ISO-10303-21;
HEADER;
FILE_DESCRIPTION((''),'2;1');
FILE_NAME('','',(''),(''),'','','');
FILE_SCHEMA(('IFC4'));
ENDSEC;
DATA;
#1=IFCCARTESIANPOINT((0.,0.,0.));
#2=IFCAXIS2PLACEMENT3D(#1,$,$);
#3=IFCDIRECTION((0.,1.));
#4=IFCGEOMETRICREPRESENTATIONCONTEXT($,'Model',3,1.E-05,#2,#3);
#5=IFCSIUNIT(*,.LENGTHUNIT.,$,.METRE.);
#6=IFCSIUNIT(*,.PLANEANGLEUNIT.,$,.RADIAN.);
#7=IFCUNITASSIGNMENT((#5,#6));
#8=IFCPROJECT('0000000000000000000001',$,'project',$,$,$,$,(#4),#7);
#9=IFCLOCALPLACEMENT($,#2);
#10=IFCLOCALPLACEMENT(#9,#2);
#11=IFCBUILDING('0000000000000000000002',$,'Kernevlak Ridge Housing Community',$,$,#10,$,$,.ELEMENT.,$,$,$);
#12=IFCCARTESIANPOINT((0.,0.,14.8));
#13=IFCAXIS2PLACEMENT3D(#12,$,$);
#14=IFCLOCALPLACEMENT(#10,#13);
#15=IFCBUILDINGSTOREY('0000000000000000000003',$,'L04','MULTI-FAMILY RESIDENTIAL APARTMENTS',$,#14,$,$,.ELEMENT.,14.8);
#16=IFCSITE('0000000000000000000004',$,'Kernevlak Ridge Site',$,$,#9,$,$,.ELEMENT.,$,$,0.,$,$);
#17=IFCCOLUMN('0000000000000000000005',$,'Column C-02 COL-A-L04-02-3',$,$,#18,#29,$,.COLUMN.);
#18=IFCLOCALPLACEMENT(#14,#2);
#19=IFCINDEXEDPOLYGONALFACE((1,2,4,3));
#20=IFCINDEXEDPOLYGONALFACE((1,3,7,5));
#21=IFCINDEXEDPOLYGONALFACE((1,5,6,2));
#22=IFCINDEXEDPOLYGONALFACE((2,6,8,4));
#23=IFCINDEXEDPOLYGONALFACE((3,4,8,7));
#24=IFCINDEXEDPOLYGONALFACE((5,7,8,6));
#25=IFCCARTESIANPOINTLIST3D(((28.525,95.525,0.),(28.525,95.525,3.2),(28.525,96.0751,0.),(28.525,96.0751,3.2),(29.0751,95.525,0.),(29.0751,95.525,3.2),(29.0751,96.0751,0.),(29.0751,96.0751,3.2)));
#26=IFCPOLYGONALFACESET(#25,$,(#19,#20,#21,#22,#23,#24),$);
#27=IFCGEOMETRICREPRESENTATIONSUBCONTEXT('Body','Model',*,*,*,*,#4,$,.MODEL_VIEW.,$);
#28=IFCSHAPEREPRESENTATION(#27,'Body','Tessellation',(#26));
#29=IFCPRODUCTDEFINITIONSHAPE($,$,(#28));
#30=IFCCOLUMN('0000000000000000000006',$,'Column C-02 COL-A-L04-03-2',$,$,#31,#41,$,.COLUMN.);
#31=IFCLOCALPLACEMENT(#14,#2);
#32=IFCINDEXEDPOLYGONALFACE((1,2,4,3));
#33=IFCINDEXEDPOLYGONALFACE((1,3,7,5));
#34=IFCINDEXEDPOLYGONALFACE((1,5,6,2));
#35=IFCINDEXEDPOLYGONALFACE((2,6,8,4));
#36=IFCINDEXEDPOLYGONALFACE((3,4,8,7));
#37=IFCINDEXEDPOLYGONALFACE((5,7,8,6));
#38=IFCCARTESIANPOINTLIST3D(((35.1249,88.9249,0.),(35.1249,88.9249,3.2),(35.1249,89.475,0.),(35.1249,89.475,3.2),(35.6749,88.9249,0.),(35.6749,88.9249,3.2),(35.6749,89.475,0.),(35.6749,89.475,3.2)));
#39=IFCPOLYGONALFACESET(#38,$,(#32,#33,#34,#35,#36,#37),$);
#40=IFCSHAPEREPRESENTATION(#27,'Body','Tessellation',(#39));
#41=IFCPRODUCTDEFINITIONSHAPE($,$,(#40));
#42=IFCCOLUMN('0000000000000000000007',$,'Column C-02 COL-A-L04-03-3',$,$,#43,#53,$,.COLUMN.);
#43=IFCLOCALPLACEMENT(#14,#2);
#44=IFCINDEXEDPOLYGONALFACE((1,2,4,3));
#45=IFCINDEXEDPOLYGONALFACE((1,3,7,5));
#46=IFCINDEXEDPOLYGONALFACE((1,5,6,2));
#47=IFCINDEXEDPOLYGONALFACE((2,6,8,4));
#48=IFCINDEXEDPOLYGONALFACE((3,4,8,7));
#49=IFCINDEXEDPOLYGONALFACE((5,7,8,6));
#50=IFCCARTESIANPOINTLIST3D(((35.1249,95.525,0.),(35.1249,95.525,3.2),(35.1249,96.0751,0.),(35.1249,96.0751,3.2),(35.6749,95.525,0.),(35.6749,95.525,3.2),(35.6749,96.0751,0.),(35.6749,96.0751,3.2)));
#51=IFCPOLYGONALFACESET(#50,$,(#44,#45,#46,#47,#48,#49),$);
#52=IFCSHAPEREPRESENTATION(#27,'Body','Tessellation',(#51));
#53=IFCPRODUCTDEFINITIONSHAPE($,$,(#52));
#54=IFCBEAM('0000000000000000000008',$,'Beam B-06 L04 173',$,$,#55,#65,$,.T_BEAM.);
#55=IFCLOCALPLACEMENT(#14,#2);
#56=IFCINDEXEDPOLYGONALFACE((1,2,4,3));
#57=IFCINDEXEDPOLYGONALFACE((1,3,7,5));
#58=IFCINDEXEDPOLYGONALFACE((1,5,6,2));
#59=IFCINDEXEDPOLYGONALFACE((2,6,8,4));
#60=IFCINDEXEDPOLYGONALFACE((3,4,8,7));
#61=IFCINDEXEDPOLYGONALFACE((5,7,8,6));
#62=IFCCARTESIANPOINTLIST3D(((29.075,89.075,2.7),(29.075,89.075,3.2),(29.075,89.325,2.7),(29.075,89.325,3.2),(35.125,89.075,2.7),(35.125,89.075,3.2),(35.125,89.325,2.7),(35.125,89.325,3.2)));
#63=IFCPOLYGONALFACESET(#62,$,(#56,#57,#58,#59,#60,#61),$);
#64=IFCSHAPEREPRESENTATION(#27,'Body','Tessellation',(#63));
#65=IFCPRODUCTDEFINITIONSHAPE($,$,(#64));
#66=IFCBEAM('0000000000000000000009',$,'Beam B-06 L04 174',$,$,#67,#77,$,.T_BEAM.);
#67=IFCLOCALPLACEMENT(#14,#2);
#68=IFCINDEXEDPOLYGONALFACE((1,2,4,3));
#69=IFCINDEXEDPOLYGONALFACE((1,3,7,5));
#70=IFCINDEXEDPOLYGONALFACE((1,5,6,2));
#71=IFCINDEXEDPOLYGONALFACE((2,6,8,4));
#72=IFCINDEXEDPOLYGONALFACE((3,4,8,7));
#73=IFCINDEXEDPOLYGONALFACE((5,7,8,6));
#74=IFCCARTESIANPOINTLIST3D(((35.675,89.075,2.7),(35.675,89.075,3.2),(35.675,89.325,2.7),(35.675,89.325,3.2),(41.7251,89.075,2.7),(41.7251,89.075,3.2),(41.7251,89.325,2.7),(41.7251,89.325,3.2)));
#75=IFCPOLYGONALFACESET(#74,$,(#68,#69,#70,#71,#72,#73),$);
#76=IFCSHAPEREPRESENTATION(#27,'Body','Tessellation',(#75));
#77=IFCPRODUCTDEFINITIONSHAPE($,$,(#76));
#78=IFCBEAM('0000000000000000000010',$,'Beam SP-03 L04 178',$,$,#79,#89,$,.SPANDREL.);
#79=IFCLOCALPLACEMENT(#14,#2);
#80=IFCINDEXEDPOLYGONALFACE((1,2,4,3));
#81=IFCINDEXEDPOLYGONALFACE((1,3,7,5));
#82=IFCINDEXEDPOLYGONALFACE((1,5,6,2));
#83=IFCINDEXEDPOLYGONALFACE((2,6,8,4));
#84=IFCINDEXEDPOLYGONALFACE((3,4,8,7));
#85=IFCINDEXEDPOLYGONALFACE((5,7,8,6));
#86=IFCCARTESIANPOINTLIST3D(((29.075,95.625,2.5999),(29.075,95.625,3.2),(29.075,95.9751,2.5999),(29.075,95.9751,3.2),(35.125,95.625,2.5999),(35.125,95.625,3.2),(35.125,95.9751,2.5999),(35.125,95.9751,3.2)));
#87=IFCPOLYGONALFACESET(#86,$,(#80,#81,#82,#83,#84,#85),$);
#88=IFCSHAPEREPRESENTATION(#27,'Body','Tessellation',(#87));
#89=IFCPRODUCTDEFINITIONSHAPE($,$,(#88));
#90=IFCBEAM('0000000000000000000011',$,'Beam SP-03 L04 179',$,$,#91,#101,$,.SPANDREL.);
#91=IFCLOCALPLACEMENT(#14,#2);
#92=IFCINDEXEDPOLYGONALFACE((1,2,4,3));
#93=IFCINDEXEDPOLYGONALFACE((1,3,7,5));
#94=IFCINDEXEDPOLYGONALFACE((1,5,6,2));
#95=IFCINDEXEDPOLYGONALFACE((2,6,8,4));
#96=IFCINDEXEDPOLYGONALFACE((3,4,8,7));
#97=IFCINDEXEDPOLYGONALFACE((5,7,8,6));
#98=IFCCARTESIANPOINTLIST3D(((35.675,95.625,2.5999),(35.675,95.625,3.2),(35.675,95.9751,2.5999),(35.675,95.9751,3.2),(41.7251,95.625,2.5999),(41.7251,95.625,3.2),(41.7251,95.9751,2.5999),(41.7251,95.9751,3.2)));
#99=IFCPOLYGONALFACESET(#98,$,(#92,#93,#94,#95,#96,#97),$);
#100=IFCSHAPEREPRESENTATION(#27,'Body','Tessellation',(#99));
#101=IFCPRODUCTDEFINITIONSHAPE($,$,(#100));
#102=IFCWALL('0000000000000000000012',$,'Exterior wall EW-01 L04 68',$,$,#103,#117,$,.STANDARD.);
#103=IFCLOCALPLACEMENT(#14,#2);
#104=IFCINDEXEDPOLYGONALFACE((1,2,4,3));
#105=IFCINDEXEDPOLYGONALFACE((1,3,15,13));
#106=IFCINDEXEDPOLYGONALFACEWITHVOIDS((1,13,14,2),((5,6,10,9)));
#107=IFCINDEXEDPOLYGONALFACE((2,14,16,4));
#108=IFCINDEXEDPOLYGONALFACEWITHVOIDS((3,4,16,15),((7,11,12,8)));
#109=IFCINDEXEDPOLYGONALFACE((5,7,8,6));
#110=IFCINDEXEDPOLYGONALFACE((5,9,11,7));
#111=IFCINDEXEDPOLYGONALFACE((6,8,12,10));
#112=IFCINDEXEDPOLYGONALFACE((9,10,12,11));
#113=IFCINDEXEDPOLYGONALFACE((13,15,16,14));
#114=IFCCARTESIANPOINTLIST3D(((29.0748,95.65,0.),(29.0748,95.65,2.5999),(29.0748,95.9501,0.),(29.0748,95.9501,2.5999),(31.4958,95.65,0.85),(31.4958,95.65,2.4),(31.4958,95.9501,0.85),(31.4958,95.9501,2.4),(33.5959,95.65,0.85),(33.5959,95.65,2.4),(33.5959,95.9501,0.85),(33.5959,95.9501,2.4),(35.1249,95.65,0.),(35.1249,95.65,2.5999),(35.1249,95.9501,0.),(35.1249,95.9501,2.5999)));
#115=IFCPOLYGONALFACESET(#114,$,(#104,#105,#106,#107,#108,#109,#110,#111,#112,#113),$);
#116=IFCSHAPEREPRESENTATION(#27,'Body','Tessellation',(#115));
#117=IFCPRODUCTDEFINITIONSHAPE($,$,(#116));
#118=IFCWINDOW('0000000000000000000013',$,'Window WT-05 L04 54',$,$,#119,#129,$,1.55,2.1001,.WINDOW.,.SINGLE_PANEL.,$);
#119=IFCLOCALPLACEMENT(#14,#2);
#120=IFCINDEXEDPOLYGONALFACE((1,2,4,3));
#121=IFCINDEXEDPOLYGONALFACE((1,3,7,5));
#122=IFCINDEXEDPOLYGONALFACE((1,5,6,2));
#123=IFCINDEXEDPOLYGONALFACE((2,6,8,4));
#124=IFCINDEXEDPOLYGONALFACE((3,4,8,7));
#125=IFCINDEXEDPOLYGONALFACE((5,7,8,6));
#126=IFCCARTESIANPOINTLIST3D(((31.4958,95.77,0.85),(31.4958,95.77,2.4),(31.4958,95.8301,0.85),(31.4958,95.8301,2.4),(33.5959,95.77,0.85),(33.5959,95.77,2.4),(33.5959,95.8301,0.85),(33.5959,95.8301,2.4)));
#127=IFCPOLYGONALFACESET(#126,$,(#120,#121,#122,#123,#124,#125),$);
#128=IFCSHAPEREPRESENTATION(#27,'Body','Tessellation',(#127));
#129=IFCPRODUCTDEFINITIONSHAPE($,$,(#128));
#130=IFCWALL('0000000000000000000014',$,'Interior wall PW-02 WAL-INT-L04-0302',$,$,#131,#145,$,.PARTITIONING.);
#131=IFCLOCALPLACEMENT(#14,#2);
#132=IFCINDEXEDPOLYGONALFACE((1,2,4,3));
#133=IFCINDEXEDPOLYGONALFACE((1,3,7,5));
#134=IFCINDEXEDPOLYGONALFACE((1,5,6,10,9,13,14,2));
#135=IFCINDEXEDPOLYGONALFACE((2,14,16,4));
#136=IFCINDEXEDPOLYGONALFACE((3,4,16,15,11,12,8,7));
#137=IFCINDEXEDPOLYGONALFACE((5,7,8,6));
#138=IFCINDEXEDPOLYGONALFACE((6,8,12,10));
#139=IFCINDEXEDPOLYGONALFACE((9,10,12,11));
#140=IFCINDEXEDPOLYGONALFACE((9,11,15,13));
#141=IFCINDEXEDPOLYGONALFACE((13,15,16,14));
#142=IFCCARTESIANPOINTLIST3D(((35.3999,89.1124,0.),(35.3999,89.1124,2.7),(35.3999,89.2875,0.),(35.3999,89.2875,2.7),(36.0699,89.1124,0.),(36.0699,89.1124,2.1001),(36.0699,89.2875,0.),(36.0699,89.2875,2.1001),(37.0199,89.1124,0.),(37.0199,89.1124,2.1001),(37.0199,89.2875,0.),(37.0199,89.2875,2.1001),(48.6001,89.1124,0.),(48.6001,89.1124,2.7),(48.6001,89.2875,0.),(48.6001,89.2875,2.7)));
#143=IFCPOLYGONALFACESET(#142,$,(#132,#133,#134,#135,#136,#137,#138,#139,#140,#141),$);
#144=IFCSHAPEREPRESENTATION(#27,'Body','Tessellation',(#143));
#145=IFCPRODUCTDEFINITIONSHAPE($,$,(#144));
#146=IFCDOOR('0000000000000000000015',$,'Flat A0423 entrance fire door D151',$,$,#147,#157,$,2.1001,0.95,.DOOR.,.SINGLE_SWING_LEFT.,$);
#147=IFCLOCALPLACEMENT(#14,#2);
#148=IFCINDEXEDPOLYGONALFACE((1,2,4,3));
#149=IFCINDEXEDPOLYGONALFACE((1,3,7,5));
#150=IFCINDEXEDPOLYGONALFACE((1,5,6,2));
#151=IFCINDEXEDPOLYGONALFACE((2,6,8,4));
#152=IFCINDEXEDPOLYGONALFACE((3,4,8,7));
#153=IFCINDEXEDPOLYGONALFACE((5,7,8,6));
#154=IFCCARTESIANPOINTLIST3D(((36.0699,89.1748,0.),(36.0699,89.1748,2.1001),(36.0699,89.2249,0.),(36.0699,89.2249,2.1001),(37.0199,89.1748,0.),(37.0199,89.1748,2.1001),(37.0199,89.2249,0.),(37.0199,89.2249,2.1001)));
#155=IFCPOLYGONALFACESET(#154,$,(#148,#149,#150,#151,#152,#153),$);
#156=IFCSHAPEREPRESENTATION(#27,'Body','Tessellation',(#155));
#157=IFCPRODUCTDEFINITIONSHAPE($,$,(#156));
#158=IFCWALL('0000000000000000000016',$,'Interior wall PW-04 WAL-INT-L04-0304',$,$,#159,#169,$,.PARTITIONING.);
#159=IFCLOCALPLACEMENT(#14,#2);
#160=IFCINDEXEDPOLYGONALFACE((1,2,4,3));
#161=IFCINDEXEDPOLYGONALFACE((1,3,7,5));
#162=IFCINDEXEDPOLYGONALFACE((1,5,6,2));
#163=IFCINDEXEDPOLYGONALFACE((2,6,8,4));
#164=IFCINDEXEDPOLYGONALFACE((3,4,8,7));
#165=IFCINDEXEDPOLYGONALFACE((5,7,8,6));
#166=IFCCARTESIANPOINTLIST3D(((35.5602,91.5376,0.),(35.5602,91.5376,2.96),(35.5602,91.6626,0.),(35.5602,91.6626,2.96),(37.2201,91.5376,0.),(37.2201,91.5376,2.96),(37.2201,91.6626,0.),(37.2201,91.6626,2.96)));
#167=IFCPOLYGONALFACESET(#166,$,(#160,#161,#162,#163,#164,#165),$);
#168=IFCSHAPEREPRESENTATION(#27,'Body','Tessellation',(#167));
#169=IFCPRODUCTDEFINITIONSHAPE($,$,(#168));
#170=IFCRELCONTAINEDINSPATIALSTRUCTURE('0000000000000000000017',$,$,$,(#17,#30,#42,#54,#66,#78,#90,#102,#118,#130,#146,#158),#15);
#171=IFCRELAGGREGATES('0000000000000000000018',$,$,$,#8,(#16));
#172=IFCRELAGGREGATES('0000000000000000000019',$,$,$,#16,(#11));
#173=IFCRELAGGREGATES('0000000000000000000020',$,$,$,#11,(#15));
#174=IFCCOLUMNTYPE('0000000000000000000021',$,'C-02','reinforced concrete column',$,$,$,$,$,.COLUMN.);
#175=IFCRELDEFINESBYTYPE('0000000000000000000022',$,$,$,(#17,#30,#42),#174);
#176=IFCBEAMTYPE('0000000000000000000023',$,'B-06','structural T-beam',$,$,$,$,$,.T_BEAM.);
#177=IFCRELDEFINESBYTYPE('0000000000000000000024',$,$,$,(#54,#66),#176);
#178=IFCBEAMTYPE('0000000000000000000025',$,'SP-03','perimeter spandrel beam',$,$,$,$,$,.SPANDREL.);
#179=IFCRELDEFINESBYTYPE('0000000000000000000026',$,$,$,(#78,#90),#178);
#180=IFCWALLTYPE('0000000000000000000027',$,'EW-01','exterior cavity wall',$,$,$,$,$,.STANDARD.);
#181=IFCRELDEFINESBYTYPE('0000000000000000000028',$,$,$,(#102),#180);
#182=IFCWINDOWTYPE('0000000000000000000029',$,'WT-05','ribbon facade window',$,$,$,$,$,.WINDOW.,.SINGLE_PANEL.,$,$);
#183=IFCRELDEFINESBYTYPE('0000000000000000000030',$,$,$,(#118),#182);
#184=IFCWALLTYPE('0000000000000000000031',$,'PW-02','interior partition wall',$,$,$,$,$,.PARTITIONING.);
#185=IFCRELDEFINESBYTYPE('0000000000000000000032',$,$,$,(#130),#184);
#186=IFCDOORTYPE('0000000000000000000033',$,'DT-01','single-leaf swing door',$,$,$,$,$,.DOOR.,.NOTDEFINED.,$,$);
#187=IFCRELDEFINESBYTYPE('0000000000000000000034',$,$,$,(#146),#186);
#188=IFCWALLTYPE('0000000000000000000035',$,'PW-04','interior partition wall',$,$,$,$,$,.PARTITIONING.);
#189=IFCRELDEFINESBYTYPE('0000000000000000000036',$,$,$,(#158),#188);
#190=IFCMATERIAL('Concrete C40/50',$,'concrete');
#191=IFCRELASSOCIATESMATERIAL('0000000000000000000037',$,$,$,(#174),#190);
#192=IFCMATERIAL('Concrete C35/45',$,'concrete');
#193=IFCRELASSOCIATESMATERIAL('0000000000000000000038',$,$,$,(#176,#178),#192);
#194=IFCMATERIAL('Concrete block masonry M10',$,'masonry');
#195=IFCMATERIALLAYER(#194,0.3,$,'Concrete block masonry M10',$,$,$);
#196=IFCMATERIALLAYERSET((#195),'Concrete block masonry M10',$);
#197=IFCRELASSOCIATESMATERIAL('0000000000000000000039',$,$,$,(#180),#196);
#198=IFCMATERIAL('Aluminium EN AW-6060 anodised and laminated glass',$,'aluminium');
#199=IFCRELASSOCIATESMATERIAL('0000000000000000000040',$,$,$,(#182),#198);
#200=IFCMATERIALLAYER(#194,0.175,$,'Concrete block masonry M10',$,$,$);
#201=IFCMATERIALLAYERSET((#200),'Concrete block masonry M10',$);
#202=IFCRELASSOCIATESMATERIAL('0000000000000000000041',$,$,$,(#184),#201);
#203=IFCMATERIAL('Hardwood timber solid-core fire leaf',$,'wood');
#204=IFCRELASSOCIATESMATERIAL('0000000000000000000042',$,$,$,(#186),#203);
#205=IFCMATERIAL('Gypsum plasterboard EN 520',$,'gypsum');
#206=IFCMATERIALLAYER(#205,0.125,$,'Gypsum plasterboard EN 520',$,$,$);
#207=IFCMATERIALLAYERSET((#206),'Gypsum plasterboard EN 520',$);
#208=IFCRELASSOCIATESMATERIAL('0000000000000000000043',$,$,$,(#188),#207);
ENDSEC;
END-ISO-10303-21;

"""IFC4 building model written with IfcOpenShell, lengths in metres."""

from ifc_helpers import new_model, si_unit, direction, frame, frame_2d, origin, origin_2d, place, context, subcontext, project, spatial, rectangle, extrude, material, layer, layer_set, material_profile, profile_set, type_object, element, fill, save


model = new_model("IFC4")

# Units and contexts
model_context = context("Model", 3, precision=1e-05, world=origin(), true_north=direction((0.0, 1.0)))
body_context = subcontext(model_context, "Body", "Model", "MODEL_VIEW")
ifc_project = project(units=[si_unit("LENGTHUNIT", "METRE"), si_unit("PLANEANGLEUNIT", "RADIAN")], contexts=[model_context])

# Site, building, storey
site_placement = place(None, origin())
site = spatial("IfcSite", under=ifc_project, at=site_placement, Name="Kernevlak Ridge Site", CompositionType="ELEMENT", RefElevation=0.0)
building_placement = place(site_placement, origin())
building = spatial("IfcBuilding", under=site, at=building_placement, Name="Kernevlak Ridge Housing Community", CompositionType="ELEMENT")
storey_placement = place(building_placement, frame((0.0, 0.0, 14.8)))
storey = spatial("IfcBuildingStorey", under=building, at=storey_placement, Name="L04", Description="MULTI-FAMILY RESIDENTIAL APARTMENTS", CompositionType="ELEMENT", Elevation=14.8)

# Columns
ifc_material_1 = material(Name="Concrete C40/50", Category="concrete")
ifc_material_profile_1 = material_profile(ifc_material_1, rectangle(XDim=0.55, YDim=0.55, at=origin_2d()), Name="RC 550x550")
ifc_profile_set_1 = profile_set([ifc_material_profile_1], Name="Concrete C40/50")
column_type = type_object("IfcColumnType", Name="C-02", Description="reinforced concrete column", PredefinedType="COLUMN", material=ifc_profile_set_1)
for number, where, z_axis, x_axis, name in (
    (1, (28.8, 95.8, 0.0), (0.0, 0.0, 1.0), (1.0, 0.0, 0.0), "Column C-02 COL-A-L04-02-3"),
    (2, (35.3999, 89.2, 0.0), (0.0, 0.0, 1.0), (1.0, 0.0, 0.0), "Column C-02 COL-A-L04-03-2"),
    (3, (35.3999, 95.8, 0.0), (0.0, 0.0, 1.0), (1.0, 0.0, 0.0), "Column C-02 COL-A-L04-03-3"),
):
    element("IfcColumn", number, at=place(storey_placement, frame(where, z_axis=z_axis, x_axis=x_axis)), inside=storey, type_object=column_type, Name=name, PredefinedType="COLUMN", context=body_context, shape_type="SweptSolid", body=[
        extrude(rectangle(XDim=0.55, YDim=0.55, at=origin_2d()), origin(), (0.0, 0.0, 1.0), 3.2),
    ])

# Beams
ifc_material_2 = material(Name="Concrete C35/45", Category="concrete")
ifc_material_profile_2 = material_profile(ifc_material_2, rectangle(XDim=0.25, YDim=0.5, at=origin_2d()), Name="RC 250x500")
ifc_profile_set_2 = profile_set([ifc_material_profile_2], Name="Concrete C35/45")
beam_type_1 = type_object("IfcBeamType", Name="B-06", Description="structural T-beam", PredefinedType="T_BEAM", material=ifc_profile_set_2)
for number, where, z_axis, x_axis, name in (
    (4, (29.075, 89.2, 2.95), (1.0, 0.0, 0.0), (0.0, 1.0, 0.0), "Beam B-06 L04 173"),
    (5, (35.675, 89.2, 2.95), (1.0, 0.0, 0.0), (0.0, 1.0, 0.0), "Beam B-06 L04 174"),
):
    element("IfcBeam", number, at=place(storey_placement, frame(where, z_axis=z_axis, x_axis=x_axis)), inside=storey, type_object=beam_type_1, Name=name, PredefinedType="T_BEAM", context=body_context, shape_type="SweptSolid", body=[
        extrude(rectangle(XDim=0.25, YDim=0.5, at=origin_2d()), origin(), (0.0, 0.0, 1.0), 6.05),
    ])
ifc_material_profile_3 = material_profile(ifc_material_2, rectangle(XDim=0.3501, YDim=0.6001, at=origin_2d()), Name="RC 350x600")
ifc_profile_set_3 = profile_set([ifc_material_profile_3], Name="Concrete C35/45")
beam_type_2 = type_object("IfcBeamType", Name="SP-03", Description="perimeter spandrel beam", PredefinedType="SPANDREL", material=ifc_profile_set_3)
for number, where, z_axis, x_axis, name in (
    (6, (29.075, 95.8, 2.8999), (1.0, 0.0, 0.0), (0.0, 1.0, 0.0), "Beam SP-03 L04 178"),
    (7, (35.675, 95.8, 2.8999), (1.0, 0.0, 0.0), (0.0, 1.0, 0.0), "Beam SP-03 L04 179"),
):
    element("IfcBeam", number, at=place(storey_placement, frame(where, z_axis=z_axis, x_axis=x_axis)), inside=storey, type_object=beam_type_2, Name=name, PredefinedType="SPANDREL", context=body_context, shape_type="SweptSolid", body=[
        extrude(rectangle(XDim=0.3501, YDim=0.6001, at=origin_2d()), origin(), (0.0, 0.0, 1.0), 6.05),
    ])

# Wall, opening, window
ifc_material_3 = material(Name="Concrete block masonry M10", Category="masonry")
ifc_layer_1 = layer(ifc_material_3, 0.3, Name="Concrete block masonry M10")
ifc_layer_set_1 = layer_set([ifc_layer_1], Name="Concrete block masonry M10")
wall_type_1 = type_object("IfcWallType", Name="EW-01", Description="exterior cavity wall", PredefinedType="STANDARD", material=ifc_layer_set_1)
wall_1_placement = place(storey_placement, frame((29.075, 95.8, 0.0), z_axis=(0.0, 0.0, 1.0), x_axis=(1.0, 0.0, 0.0)))
wall_1 = element("IfcWall", 8, at=wall_1_placement, inside=storey, type_object=wall_type_1, Name="Exterior wall EW-01 L04 68", PredefinedType="STANDARD", context=body_context, shape_type="SweptSolid", body=[
    extrude(rectangle(XDim=6.05, YDim=0.3, at=frame_2d((3.0249, 0.0))), origin(), (0.0, 0.0, 1.0), 2.5999),
])
opening_1_placement = place(wall_1_placement, frame((2.4209, 0.0, 0.8501)))
opening_1 = element("IfcOpeningElement", 9, at=opening_1_placement, cuts=wall_1, PredefinedType="OPENING", context=body_context, shape_type="SweptSolid", body=[
    extrude(rectangle(XDim=2.1001, YDim=1.55, at=frame_2d((1.05, 0.7749))), frame((0.0, 0.1599, 0.0), z_axis=(0.0, -1.0, 0.0), x_axis=(1.0, 0.0, 0.0)), (0.0, 0.0, 1.0), 0.3201),
])
ifc_material_4 = material(Name="Aluminium EN AW-6060 anodised and laminated glass", Category="aluminium")
window_type = type_object("IfcWindowType", Name="WT-05", Description="ribbon facade window", PartitioningType="SINGLE_PANEL", PredefinedType="WINDOW", material=ifc_material_4)
window_placement = place(opening_1_placement, origin())
window = element("IfcWindow", 10, at=window_placement, inside=storey, type_object=window_type, Name="Window WT-05 L04 54", OverallHeight=1.55, OverallWidth=2.1001, PartitioningType="SINGLE_PANEL", PredefinedType="WINDOW", context=body_context, shape_type="SweptSolid", body=[
    extrude(rectangle(XDim=2.1001, YDim=1.55, at=frame_2d((1.05, 0.7749))), frame((0.0, 0.03, 0.0), z_axis=(0.0, -1.0, 0.0), x_axis=(1.0, 0.0, 0.0)), (0.0, 0.0, 1.0), 0.0601),
])
fill(opening_1, window)

# Wall, opening, door
ifc_layer_2 = layer(ifc_material_3, 0.175, Name="Concrete block masonry M10")
ifc_layer_set_2 = layer_set([ifc_layer_2], Name="Concrete block masonry M10")
wall_type_2 = type_object("IfcWallType", Name="PW-02", Description="interior partition wall", PredefinedType="PARTITIONING", material=ifc_layer_set_2)
wall_2_placement = place(storey_placement, frame((35.3999, 89.2, 0.0), z_axis=(0.0, 0.0, 1.0), x_axis=(1.0, 0.0, 0.0)))
wall_2 = element("IfcWall", 11, at=wall_2_placement, inside=storey, type_object=wall_type_2, Name="Interior wall PW-02 WAL-INT-L04-0302", PredefinedType="PARTITIONING", context=body_context, shape_type="SweptSolid", body=[
    extrude(rectangle(XDim=13.2002, YDim=0.175, at=frame_2d((6.6001, 0.0))), origin(), (0.0, 0.0, 1.0), 2.7),
])
opening_2_placement = place(wall_2_placement, frame((0.6699, 0.0, 0.0)))
opening_2 = element("IfcOpeningElement", 12, at=opening_2_placement, cuts=wall_2, PredefinedType="OPENING", context=body_context, shape_type="SweptSolid", body=[
    extrude(rectangle(XDim=0.95, YDim=2.1001, at=frame_2d((0.4751, 1.05))), frame((0.0, 0.0974, 0.0), z_axis=(0.0, -1.0, 0.0), x_axis=(1.0, 0.0, 0.0)), (0.0, 0.0, 1.0), 0.1951),
])
ifc_material_5 = material(Name="Hardwood timber solid-core fire leaf", Category="wood")
door_type_1 = type_object("IfcDoorType", Name="DT-01", Description="single-leaf swing door", OperationType="NOTDEFINED", PredefinedType="DOOR", material=ifc_material_5)
door_1_placement = place(opening_2_placement, origin())
door_1 = element("IfcDoor", 13, at=door_1_placement, inside=storey, type_object=door_type_1, Name="Flat A0423 entrance fire door D151", OperationType="SINGLE_SWING_LEFT", OverallHeight=2.1001, OverallWidth=0.95, PredefinedType="DOOR", context=body_context, shape_type="SweptSolid", body=[
    extrude(rectangle(XDim=0.95, YDim=2.1001, at=frame_2d((0.4751, 1.05))), frame((0.0, 0.0249, 0.0), z_axis=(0.0, -1.0, 0.0), x_axis=(1.0, 0.0, 0.0)), (0.0, 0.0, 1.0), 0.05),
])
fill(opening_2, door_1)

# Wall
ifc_material_6 = material(Name="Gypsum plasterboard EN 520", Category="gypsum")
ifc_layer_3 = layer(ifc_material_6, 0.125, Name="Gypsum plasterboard EN 520")
ifc_layer_set_3 = layer_set([ifc_layer_3], Name="Gypsum plasterboard EN 520")
wall_type_3 = type_object("IfcWallType", Name="PW-04", Description="interior partition wall", PredefinedType="PARTITIONING", material=ifc_layer_set_3)
wall_3_placement = place(storey_placement, frame((35.5601, 91.6001, 0.0), z_axis=(0.0, 0.0, 1.0), x_axis=(1.0, 0.0, 0.0)))
element("IfcWall", 14, at=wall_3_placement, inside=storey, type_object=wall_type_3, Name="Interior wall PW-04 WAL-INT-L04-0304", PredefinedType="PARTITIONING", context=body_context, shape_type="SweptSolid", body=[
    extrude(rectangle(XDim=1.6599, YDim=0.125, at=frame_2d((0.8301, 0.0))), origin(), (0.0, 0.0, 1.0), 2.96),
])

save(model, "model.ifc")
